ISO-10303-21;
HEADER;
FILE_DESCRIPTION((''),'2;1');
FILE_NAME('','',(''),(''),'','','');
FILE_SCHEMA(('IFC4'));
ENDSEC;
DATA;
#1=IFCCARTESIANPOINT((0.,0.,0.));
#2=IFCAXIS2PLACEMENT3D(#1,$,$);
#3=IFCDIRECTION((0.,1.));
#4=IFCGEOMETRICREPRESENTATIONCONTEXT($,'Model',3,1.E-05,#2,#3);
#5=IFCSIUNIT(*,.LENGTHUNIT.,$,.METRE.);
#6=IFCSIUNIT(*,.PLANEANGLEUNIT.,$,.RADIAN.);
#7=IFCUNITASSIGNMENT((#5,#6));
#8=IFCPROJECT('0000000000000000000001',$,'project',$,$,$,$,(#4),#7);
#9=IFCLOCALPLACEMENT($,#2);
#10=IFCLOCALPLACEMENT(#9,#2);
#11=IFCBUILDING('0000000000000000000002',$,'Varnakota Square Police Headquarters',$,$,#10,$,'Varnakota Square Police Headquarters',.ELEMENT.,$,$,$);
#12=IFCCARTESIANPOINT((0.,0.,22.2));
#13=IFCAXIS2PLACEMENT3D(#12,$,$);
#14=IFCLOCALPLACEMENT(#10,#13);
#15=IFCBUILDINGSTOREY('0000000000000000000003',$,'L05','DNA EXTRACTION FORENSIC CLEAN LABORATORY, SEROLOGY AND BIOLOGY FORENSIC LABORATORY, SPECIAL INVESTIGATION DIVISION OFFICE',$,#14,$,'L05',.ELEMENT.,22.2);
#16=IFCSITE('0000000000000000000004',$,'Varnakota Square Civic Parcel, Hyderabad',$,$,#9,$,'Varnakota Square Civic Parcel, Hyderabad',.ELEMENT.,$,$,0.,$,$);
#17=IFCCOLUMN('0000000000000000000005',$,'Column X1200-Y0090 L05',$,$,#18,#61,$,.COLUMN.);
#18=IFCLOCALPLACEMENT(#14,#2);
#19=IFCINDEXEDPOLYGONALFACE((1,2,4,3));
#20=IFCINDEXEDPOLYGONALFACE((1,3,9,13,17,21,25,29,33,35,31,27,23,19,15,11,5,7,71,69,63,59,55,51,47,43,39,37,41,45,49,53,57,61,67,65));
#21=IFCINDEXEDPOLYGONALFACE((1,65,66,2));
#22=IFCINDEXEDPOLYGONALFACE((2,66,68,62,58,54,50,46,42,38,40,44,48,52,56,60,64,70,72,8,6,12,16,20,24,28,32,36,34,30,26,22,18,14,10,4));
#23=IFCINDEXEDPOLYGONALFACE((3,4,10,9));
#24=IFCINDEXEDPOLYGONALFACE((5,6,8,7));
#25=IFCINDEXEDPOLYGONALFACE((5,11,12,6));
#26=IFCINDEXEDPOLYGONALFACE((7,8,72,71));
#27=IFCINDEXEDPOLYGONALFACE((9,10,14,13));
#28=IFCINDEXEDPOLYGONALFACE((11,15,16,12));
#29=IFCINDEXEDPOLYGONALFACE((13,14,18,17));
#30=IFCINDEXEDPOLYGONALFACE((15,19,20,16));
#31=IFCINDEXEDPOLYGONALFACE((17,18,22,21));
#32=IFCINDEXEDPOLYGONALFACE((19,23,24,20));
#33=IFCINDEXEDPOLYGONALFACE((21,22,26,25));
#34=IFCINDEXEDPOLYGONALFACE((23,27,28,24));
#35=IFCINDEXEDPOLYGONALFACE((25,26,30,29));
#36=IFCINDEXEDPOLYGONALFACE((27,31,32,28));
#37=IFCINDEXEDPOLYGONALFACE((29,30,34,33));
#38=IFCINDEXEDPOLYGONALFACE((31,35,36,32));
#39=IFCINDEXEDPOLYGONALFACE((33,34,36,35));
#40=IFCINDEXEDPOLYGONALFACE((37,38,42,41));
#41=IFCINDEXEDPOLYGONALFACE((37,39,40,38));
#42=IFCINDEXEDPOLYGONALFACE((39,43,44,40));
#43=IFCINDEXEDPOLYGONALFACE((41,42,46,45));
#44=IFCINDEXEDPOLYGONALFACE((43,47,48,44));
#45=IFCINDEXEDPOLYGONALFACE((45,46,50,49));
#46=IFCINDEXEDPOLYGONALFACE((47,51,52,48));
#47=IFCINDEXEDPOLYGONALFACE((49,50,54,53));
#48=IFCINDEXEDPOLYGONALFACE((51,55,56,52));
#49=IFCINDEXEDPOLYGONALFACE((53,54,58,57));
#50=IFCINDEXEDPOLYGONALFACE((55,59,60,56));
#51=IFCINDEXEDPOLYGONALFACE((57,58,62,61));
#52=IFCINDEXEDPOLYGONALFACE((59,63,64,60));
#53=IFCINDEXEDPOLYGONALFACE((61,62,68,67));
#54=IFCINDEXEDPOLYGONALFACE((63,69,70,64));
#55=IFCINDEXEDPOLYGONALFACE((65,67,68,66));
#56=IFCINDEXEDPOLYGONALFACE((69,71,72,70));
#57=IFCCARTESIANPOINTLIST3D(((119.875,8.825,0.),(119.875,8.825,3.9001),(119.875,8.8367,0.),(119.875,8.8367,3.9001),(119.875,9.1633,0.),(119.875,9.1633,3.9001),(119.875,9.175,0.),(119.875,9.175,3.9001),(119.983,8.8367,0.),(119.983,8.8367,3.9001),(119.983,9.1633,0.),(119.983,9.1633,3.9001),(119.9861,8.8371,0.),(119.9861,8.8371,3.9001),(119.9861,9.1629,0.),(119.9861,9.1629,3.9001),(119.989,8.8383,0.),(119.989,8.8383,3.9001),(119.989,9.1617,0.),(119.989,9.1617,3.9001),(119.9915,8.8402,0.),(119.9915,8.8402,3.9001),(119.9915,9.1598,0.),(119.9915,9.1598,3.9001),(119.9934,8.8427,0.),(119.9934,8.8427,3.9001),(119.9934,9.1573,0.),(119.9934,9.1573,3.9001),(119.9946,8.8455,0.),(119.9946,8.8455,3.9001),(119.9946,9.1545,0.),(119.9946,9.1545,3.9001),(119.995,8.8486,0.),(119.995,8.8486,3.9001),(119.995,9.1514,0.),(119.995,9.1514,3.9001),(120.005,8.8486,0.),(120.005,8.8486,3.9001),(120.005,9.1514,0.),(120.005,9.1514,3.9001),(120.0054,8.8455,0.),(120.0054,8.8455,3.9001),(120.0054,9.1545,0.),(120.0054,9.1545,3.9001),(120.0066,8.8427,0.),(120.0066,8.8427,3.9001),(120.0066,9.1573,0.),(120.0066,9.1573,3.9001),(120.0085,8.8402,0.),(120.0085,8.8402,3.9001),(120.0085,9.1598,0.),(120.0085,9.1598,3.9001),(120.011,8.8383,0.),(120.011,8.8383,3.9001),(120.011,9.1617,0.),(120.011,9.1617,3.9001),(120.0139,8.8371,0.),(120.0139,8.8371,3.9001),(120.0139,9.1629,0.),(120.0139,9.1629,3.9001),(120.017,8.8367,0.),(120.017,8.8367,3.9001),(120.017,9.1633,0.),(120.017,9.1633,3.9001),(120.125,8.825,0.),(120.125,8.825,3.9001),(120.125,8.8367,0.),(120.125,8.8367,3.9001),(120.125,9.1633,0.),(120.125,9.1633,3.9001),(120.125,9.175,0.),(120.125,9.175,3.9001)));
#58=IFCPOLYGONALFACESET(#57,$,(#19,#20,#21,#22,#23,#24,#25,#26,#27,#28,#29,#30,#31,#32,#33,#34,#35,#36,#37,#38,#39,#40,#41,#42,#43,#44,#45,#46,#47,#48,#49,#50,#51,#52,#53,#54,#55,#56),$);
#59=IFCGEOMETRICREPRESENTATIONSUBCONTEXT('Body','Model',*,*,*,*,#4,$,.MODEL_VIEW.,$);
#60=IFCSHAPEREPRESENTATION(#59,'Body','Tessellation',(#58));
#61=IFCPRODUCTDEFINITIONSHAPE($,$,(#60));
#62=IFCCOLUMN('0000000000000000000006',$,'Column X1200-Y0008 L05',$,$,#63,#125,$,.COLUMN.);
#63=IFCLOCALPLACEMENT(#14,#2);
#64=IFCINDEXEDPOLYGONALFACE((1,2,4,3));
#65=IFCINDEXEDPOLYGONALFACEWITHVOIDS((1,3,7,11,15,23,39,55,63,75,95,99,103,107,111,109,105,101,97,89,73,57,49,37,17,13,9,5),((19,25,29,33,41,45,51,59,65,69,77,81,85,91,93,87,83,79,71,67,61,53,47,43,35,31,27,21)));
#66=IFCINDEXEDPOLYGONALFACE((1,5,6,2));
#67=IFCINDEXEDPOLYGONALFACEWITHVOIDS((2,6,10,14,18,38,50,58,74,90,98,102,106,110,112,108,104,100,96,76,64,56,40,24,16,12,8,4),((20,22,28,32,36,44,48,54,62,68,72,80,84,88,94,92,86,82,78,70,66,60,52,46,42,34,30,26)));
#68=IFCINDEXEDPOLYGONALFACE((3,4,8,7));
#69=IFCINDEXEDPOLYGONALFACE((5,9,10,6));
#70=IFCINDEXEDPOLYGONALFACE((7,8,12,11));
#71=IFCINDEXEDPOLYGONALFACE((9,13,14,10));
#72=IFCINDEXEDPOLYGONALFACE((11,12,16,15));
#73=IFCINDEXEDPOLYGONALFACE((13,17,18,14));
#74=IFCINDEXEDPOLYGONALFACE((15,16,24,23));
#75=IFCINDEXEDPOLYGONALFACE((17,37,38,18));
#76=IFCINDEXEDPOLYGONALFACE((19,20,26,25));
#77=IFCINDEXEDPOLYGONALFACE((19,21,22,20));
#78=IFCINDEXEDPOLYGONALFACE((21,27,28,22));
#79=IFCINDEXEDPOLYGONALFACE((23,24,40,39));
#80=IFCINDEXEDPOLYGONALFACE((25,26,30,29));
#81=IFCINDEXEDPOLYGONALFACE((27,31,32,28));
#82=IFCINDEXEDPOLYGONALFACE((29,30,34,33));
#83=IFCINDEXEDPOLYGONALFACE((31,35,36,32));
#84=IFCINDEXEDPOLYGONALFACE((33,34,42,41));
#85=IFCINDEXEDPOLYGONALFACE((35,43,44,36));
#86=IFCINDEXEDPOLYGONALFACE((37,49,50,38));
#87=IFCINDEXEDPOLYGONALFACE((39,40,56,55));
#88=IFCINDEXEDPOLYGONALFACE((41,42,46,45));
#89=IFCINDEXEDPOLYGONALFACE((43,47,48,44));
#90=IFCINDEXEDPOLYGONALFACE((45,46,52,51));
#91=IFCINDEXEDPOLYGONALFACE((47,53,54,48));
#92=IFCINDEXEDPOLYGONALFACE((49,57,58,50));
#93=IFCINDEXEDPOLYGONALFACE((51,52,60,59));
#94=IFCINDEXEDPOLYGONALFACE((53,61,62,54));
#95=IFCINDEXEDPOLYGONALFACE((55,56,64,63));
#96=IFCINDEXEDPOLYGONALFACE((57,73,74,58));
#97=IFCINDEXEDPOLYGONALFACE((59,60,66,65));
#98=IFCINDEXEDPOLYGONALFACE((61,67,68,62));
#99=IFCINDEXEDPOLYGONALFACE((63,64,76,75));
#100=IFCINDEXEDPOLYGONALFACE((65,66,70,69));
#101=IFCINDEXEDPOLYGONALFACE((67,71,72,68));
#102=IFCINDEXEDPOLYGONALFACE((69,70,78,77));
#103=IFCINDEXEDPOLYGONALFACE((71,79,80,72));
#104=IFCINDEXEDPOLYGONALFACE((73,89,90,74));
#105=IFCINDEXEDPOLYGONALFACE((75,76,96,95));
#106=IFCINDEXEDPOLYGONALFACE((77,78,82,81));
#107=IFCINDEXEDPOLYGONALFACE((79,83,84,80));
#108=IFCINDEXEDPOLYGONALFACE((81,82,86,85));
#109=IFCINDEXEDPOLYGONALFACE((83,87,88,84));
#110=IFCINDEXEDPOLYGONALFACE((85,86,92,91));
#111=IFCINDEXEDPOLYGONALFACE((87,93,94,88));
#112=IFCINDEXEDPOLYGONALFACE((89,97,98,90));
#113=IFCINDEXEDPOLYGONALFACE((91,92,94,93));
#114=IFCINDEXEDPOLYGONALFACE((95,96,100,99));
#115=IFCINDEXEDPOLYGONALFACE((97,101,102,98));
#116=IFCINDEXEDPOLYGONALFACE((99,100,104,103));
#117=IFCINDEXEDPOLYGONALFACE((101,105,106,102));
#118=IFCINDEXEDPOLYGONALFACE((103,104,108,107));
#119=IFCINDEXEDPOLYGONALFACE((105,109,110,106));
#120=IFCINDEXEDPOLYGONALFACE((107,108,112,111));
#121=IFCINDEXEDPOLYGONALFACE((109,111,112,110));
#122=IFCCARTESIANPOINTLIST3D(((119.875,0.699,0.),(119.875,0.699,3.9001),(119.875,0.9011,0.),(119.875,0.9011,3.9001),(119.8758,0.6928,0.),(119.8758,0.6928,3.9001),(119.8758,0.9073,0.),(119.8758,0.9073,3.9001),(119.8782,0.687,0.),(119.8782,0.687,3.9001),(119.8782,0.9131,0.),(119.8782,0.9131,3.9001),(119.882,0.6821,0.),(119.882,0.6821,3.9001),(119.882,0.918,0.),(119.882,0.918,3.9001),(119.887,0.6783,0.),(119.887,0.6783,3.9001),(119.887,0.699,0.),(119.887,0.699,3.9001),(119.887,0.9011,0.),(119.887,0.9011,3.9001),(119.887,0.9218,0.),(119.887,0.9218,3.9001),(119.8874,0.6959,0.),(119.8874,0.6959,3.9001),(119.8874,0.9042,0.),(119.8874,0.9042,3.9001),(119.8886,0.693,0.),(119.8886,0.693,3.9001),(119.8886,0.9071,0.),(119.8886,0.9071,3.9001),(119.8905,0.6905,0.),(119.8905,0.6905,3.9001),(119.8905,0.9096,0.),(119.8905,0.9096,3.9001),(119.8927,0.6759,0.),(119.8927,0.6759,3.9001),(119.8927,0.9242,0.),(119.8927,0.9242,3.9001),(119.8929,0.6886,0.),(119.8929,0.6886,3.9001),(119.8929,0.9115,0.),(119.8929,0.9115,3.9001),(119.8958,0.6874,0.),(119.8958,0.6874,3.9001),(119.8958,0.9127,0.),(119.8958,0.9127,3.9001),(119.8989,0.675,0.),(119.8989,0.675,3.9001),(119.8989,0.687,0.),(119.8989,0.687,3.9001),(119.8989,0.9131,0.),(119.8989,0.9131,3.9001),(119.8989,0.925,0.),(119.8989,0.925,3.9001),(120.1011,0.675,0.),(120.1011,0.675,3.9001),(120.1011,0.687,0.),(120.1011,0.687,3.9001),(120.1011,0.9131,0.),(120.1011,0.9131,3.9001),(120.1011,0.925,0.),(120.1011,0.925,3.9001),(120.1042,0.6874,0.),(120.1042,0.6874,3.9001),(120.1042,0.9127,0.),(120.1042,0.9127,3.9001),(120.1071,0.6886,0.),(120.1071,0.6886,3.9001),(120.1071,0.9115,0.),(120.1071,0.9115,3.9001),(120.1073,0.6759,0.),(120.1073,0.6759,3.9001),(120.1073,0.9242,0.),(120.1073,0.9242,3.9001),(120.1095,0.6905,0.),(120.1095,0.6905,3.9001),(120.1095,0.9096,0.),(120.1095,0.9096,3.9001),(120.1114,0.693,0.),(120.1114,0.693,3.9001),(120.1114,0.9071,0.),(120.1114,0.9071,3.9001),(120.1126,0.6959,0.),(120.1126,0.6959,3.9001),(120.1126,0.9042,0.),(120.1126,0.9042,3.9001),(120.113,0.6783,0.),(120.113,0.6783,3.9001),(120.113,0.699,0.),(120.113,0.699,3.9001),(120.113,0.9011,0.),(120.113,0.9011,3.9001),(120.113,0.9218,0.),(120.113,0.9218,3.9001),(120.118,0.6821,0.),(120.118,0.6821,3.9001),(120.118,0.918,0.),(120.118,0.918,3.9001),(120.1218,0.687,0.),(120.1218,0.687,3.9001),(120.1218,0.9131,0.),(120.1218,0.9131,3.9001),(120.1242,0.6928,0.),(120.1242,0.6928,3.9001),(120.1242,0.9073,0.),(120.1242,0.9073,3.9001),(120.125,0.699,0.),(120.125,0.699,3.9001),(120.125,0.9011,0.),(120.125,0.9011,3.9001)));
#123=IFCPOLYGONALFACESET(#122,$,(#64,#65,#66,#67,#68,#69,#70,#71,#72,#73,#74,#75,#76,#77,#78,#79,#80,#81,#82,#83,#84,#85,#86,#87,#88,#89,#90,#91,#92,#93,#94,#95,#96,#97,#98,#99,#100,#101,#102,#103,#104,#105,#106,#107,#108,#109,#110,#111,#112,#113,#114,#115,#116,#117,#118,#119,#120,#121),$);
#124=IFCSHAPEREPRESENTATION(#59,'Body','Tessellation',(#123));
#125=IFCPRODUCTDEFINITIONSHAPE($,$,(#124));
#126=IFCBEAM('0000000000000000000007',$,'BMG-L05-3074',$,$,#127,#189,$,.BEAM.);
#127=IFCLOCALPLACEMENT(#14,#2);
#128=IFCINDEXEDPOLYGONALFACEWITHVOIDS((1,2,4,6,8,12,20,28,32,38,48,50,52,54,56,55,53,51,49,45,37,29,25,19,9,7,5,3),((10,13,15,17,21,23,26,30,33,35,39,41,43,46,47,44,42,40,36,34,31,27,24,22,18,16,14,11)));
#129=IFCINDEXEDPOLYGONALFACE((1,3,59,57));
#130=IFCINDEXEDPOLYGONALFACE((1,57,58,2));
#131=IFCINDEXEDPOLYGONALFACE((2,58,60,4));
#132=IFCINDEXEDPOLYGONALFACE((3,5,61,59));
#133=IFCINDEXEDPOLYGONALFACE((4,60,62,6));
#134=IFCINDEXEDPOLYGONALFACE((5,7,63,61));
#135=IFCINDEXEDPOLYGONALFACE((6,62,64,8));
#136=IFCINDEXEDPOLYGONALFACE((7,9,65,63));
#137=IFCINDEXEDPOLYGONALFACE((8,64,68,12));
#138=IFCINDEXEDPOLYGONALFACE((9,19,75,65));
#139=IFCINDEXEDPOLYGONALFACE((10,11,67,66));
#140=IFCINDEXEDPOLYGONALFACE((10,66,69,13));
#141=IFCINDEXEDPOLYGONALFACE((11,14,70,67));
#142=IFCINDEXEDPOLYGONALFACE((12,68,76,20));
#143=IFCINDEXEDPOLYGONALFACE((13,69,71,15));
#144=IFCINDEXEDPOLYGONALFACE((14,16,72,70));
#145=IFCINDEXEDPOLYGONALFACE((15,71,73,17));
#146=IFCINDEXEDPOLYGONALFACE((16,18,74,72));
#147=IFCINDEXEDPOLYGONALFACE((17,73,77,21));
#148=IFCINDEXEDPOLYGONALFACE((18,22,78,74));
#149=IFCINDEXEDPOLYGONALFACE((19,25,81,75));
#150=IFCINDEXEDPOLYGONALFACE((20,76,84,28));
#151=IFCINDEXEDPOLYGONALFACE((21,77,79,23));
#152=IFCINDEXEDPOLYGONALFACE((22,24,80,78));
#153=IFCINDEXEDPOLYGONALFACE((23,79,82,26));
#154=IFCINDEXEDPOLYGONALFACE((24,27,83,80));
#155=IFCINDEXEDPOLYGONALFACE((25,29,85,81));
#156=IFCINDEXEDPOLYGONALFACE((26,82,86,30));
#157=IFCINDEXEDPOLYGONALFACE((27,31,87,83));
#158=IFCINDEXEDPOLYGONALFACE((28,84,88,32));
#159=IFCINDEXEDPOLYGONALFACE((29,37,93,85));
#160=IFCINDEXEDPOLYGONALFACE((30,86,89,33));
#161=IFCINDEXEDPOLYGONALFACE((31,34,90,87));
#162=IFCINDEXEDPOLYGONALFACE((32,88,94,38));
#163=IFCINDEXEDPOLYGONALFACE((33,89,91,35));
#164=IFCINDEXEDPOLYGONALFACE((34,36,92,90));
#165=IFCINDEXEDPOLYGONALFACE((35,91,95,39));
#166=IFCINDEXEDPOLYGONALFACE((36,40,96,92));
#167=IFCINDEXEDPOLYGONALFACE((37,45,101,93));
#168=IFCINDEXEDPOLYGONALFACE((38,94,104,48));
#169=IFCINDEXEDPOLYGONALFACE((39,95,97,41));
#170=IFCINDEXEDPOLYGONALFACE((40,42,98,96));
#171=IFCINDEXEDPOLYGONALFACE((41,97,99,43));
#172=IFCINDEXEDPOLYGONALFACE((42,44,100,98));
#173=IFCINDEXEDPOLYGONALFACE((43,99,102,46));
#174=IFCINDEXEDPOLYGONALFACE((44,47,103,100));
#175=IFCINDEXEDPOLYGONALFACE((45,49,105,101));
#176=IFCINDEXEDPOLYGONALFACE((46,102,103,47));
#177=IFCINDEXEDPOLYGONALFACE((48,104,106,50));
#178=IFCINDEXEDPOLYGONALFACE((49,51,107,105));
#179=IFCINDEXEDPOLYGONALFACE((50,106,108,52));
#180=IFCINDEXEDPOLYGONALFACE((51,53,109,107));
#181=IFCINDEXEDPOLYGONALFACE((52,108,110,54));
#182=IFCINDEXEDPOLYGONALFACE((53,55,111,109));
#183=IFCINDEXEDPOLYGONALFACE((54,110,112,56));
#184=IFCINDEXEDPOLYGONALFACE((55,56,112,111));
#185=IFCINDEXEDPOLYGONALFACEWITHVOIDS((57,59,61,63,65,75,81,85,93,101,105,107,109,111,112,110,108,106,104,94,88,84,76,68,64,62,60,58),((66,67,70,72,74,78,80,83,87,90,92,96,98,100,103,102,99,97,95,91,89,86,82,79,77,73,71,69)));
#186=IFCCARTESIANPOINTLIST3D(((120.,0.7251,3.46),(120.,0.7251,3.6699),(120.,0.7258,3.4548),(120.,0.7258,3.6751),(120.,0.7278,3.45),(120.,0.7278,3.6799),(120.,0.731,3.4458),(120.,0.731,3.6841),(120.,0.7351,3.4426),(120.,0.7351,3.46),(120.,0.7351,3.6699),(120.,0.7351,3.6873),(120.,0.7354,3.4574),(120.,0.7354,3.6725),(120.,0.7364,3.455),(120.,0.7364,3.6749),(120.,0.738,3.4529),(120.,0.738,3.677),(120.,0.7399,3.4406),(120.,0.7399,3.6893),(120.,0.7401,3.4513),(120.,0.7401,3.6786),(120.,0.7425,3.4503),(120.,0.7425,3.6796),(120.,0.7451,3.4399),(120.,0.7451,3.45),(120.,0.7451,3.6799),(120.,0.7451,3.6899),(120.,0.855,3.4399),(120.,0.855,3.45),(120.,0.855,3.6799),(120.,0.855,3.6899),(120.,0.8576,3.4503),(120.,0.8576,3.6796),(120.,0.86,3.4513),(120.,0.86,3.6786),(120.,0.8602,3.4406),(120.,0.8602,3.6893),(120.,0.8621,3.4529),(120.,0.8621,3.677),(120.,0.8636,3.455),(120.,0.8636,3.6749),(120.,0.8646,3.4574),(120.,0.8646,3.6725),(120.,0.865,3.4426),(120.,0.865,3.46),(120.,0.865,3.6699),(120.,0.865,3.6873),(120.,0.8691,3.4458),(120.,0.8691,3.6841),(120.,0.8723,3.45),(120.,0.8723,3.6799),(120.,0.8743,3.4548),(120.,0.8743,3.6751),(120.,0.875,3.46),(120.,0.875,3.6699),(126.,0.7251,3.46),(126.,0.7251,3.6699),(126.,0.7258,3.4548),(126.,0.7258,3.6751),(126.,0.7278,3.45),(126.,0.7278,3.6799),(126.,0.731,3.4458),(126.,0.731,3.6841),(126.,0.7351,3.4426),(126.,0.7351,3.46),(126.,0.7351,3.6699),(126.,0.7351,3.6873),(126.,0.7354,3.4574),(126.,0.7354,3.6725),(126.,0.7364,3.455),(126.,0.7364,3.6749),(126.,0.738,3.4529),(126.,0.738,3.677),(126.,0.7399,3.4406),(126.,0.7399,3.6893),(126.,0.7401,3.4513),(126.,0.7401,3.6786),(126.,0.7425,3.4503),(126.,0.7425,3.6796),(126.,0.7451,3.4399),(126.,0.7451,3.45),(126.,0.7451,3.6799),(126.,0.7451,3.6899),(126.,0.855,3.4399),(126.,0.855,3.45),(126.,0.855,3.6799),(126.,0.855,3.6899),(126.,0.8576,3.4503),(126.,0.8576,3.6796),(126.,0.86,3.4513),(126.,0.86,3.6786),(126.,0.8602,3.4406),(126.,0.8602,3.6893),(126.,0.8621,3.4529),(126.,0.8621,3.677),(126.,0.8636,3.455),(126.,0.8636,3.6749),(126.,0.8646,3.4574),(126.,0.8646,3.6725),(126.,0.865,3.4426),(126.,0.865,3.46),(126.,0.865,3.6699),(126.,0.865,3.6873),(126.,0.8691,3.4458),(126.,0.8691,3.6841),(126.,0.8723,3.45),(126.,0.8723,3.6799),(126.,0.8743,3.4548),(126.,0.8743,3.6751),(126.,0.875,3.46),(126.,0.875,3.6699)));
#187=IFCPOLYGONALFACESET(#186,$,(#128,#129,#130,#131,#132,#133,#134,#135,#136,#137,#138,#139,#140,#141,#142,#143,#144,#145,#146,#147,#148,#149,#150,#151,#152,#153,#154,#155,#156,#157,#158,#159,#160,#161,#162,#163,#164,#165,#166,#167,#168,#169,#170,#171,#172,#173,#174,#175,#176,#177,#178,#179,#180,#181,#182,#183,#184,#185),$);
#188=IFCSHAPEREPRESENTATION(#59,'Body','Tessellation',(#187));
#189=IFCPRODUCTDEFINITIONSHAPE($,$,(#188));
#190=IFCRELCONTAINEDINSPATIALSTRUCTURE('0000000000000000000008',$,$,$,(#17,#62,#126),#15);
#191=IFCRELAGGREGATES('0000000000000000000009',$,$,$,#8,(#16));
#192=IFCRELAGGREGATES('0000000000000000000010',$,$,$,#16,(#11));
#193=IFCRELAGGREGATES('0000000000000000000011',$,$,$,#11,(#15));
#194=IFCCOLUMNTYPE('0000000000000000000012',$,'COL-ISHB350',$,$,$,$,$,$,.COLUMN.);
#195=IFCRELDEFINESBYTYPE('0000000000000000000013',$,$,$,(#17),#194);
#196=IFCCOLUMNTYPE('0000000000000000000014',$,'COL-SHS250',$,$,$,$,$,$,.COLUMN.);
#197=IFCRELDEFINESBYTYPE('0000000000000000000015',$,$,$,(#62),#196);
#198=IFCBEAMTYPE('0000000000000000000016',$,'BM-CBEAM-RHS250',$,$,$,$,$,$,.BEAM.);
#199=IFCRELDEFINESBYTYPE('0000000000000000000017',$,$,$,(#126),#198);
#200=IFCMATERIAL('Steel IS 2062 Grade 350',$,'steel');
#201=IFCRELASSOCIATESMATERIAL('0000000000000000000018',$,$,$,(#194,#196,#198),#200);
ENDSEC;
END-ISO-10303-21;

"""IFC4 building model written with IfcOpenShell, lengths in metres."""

from ifc_helpers import new_model, si_unit, direction, frame, origin, origin_2d, place, context, subcontext, project, spatial, hollow_rectangle, i_section, extrude, material, material_profile, profile_set, type_object, element, save


model = new_model("IFC4")

# Units and contexts
model_context = context("Model", 3, precision=1e-05, world=origin(), true_north=direction((0.0, 1.0)))
body_context = subcontext(model_context, "Body", "Model", "MODEL_VIEW")
ifc_project = project(units=[si_unit("LENGTHUNIT", "METRE"), si_unit("PLANEANGLEUNIT", "RADIAN")], contexts=[model_context])

# Site, building, storey
site_placement = place(None, origin())
site = spatial("IfcSite", under=ifc_project, at=site_placement, Name="Varnakota Square Civic Parcel, Hyderabad", LongName="Varnakota Square Civic Parcel, Hyderabad", CompositionType="ELEMENT", RefElevation=0.0)
building_placement = place(site_placement, origin())
building = spatial("IfcBuilding", under=site, at=building_placement, Name="Varnakota Square Police Headquarters", LongName="Varnakota Square Police Headquarters", CompositionType="ELEMENT")
storey_placement = place(building_placement, frame((0.0, 0.0, 22.2)))
storey = spatial("IfcBuildingStorey", under=building, at=storey_placement, Name="L05", Description="DNA EXTRACTION FORENSIC CLEAN LABORATORY, SEROLOGY AND BIOLOGY FORENSIC LABORATORY, SPECIAL INVESTIGATION DIVISION OFFICE", LongName="L05", CompositionType="ELEMENT", Elevation=22.2)

# Columns
ifc_material_1 = material(Name="Steel IS 2062 Grade 350", Category="steel")
ifc_material_profile_1 = material_profile(ifc_material_1, i_section(OverallWidth=0.25, OverallDepth=0.3501, WebThickness=0.01, FlangeThickness=0.0117, FilletRadius=0.012, at=origin_2d()), Name="ISHB 350")
ifc_profile_set_1 = profile_set([ifc_material_profile_1], Name="Steel IS 2062 Grade 350")
column_type_1 = type_object("IfcColumnType", Name="COL-ISHB350", PredefinedType="COLUMN", material=ifc_profile_set_1)
column_1_placement = place(storey_placement, frame((120.0, 9.0, 0.0), z_axis=(0.0, 0.0, 1.0), x_axis=(1.0, 0.0, 0.0)))
element("IfcColumn", 1, at=column_1_placement, inside=storey, type_object=column_type_1, Name="Column X1200-Y0090 L05", PredefinedType="COLUMN", context=body_context, shape_type="SweptSolid", body=[
    extrude(i_section(OverallWidth=0.25, OverallDepth=0.3501, WebThickness=0.01, FlangeThickness=0.0117, FilletRadius=0.012, at=origin_2d()), origin(), (0.0, 0.0, 1.0), 3.9001),
])
ifc_material_profile_2 = material_profile(ifc_material_1, hollow_rectangle(XDim=0.25, YDim=0.25, WallThickness=0.012, InnerFilletRadius=0.012, OuterFilletRadius=0.0239, at=origin_2d()), Name="SHS 250x250x12")
ifc_profile_set_2 = profile_set([ifc_material_profile_2], Name="Steel IS 2062 Grade 350")
column_type_2 = type_object("IfcColumnType", Name="COL-SHS250", PredefinedType="COLUMN", material=ifc_profile_set_2)
column_2_placement = place(storey_placement, frame((120.0, 0.8, 0.0), z_axis=(0.0, 0.0, 1.0), x_axis=(1.0, 0.0, 0.0)))
element("IfcColumn", 2, at=column_2_placement, inside=storey, type_object=column_type_2, Name="Column X1200-Y0008 L05", PredefinedType="COLUMN", context=body_context, shape_type="SweptSolid", body=[
    extrude(hollow_rectangle(XDim=0.25, YDim=0.25, WallThickness=0.012, InnerFilletRadius=0.012, OuterFilletRadius=0.0239, at=origin_2d()), origin(), (0.0, 0.0, 1.0), 3.9001),
])

# Beam
ifc_material_profile_3 = material_profile(ifc_material_1, hollow_rectangle(XDim=0.1499, YDim=0.25, WallThickness=0.01, InnerFilletRadius=0.01, OuterFilletRadius=0.02, at=origin_2d()), Name="RHS 250x150x10")
ifc_profile_set_3 = profile_set([ifc_material_profile_3], Name="Steel IS 2062 Grade 350")
beam_type_1 = type_object("IfcBeamType", Name="BM-CBEAM-RHS250", PredefinedType="BEAM", material=ifc_profile_set_3)
beam_1_placement = place(storey_placement, frame((120.0, 0.8, 3.5649), z_axis=(1.0, 0.0, 0.0), x_axis=(0.0, 1.0, 0.0)))
element("IfcBeam", 3, at=beam_1_placement, inside=storey, type_object=beam_type_1, Name="BMG-L05-3074", PredefinedType="BEAM", context=body_context, shape_type="SweptSolid", body=[
    extrude(hollow_rectangle(XDim=0.1499, YDim=0.25, WallThickness=0.01, InnerFilletRadius=0.01, OuterFilletRadius=0.02, at=origin_2d()), origin(), (0.0, 0.0, 1.0), 6.0),
])

save(model, "model.ifc")
